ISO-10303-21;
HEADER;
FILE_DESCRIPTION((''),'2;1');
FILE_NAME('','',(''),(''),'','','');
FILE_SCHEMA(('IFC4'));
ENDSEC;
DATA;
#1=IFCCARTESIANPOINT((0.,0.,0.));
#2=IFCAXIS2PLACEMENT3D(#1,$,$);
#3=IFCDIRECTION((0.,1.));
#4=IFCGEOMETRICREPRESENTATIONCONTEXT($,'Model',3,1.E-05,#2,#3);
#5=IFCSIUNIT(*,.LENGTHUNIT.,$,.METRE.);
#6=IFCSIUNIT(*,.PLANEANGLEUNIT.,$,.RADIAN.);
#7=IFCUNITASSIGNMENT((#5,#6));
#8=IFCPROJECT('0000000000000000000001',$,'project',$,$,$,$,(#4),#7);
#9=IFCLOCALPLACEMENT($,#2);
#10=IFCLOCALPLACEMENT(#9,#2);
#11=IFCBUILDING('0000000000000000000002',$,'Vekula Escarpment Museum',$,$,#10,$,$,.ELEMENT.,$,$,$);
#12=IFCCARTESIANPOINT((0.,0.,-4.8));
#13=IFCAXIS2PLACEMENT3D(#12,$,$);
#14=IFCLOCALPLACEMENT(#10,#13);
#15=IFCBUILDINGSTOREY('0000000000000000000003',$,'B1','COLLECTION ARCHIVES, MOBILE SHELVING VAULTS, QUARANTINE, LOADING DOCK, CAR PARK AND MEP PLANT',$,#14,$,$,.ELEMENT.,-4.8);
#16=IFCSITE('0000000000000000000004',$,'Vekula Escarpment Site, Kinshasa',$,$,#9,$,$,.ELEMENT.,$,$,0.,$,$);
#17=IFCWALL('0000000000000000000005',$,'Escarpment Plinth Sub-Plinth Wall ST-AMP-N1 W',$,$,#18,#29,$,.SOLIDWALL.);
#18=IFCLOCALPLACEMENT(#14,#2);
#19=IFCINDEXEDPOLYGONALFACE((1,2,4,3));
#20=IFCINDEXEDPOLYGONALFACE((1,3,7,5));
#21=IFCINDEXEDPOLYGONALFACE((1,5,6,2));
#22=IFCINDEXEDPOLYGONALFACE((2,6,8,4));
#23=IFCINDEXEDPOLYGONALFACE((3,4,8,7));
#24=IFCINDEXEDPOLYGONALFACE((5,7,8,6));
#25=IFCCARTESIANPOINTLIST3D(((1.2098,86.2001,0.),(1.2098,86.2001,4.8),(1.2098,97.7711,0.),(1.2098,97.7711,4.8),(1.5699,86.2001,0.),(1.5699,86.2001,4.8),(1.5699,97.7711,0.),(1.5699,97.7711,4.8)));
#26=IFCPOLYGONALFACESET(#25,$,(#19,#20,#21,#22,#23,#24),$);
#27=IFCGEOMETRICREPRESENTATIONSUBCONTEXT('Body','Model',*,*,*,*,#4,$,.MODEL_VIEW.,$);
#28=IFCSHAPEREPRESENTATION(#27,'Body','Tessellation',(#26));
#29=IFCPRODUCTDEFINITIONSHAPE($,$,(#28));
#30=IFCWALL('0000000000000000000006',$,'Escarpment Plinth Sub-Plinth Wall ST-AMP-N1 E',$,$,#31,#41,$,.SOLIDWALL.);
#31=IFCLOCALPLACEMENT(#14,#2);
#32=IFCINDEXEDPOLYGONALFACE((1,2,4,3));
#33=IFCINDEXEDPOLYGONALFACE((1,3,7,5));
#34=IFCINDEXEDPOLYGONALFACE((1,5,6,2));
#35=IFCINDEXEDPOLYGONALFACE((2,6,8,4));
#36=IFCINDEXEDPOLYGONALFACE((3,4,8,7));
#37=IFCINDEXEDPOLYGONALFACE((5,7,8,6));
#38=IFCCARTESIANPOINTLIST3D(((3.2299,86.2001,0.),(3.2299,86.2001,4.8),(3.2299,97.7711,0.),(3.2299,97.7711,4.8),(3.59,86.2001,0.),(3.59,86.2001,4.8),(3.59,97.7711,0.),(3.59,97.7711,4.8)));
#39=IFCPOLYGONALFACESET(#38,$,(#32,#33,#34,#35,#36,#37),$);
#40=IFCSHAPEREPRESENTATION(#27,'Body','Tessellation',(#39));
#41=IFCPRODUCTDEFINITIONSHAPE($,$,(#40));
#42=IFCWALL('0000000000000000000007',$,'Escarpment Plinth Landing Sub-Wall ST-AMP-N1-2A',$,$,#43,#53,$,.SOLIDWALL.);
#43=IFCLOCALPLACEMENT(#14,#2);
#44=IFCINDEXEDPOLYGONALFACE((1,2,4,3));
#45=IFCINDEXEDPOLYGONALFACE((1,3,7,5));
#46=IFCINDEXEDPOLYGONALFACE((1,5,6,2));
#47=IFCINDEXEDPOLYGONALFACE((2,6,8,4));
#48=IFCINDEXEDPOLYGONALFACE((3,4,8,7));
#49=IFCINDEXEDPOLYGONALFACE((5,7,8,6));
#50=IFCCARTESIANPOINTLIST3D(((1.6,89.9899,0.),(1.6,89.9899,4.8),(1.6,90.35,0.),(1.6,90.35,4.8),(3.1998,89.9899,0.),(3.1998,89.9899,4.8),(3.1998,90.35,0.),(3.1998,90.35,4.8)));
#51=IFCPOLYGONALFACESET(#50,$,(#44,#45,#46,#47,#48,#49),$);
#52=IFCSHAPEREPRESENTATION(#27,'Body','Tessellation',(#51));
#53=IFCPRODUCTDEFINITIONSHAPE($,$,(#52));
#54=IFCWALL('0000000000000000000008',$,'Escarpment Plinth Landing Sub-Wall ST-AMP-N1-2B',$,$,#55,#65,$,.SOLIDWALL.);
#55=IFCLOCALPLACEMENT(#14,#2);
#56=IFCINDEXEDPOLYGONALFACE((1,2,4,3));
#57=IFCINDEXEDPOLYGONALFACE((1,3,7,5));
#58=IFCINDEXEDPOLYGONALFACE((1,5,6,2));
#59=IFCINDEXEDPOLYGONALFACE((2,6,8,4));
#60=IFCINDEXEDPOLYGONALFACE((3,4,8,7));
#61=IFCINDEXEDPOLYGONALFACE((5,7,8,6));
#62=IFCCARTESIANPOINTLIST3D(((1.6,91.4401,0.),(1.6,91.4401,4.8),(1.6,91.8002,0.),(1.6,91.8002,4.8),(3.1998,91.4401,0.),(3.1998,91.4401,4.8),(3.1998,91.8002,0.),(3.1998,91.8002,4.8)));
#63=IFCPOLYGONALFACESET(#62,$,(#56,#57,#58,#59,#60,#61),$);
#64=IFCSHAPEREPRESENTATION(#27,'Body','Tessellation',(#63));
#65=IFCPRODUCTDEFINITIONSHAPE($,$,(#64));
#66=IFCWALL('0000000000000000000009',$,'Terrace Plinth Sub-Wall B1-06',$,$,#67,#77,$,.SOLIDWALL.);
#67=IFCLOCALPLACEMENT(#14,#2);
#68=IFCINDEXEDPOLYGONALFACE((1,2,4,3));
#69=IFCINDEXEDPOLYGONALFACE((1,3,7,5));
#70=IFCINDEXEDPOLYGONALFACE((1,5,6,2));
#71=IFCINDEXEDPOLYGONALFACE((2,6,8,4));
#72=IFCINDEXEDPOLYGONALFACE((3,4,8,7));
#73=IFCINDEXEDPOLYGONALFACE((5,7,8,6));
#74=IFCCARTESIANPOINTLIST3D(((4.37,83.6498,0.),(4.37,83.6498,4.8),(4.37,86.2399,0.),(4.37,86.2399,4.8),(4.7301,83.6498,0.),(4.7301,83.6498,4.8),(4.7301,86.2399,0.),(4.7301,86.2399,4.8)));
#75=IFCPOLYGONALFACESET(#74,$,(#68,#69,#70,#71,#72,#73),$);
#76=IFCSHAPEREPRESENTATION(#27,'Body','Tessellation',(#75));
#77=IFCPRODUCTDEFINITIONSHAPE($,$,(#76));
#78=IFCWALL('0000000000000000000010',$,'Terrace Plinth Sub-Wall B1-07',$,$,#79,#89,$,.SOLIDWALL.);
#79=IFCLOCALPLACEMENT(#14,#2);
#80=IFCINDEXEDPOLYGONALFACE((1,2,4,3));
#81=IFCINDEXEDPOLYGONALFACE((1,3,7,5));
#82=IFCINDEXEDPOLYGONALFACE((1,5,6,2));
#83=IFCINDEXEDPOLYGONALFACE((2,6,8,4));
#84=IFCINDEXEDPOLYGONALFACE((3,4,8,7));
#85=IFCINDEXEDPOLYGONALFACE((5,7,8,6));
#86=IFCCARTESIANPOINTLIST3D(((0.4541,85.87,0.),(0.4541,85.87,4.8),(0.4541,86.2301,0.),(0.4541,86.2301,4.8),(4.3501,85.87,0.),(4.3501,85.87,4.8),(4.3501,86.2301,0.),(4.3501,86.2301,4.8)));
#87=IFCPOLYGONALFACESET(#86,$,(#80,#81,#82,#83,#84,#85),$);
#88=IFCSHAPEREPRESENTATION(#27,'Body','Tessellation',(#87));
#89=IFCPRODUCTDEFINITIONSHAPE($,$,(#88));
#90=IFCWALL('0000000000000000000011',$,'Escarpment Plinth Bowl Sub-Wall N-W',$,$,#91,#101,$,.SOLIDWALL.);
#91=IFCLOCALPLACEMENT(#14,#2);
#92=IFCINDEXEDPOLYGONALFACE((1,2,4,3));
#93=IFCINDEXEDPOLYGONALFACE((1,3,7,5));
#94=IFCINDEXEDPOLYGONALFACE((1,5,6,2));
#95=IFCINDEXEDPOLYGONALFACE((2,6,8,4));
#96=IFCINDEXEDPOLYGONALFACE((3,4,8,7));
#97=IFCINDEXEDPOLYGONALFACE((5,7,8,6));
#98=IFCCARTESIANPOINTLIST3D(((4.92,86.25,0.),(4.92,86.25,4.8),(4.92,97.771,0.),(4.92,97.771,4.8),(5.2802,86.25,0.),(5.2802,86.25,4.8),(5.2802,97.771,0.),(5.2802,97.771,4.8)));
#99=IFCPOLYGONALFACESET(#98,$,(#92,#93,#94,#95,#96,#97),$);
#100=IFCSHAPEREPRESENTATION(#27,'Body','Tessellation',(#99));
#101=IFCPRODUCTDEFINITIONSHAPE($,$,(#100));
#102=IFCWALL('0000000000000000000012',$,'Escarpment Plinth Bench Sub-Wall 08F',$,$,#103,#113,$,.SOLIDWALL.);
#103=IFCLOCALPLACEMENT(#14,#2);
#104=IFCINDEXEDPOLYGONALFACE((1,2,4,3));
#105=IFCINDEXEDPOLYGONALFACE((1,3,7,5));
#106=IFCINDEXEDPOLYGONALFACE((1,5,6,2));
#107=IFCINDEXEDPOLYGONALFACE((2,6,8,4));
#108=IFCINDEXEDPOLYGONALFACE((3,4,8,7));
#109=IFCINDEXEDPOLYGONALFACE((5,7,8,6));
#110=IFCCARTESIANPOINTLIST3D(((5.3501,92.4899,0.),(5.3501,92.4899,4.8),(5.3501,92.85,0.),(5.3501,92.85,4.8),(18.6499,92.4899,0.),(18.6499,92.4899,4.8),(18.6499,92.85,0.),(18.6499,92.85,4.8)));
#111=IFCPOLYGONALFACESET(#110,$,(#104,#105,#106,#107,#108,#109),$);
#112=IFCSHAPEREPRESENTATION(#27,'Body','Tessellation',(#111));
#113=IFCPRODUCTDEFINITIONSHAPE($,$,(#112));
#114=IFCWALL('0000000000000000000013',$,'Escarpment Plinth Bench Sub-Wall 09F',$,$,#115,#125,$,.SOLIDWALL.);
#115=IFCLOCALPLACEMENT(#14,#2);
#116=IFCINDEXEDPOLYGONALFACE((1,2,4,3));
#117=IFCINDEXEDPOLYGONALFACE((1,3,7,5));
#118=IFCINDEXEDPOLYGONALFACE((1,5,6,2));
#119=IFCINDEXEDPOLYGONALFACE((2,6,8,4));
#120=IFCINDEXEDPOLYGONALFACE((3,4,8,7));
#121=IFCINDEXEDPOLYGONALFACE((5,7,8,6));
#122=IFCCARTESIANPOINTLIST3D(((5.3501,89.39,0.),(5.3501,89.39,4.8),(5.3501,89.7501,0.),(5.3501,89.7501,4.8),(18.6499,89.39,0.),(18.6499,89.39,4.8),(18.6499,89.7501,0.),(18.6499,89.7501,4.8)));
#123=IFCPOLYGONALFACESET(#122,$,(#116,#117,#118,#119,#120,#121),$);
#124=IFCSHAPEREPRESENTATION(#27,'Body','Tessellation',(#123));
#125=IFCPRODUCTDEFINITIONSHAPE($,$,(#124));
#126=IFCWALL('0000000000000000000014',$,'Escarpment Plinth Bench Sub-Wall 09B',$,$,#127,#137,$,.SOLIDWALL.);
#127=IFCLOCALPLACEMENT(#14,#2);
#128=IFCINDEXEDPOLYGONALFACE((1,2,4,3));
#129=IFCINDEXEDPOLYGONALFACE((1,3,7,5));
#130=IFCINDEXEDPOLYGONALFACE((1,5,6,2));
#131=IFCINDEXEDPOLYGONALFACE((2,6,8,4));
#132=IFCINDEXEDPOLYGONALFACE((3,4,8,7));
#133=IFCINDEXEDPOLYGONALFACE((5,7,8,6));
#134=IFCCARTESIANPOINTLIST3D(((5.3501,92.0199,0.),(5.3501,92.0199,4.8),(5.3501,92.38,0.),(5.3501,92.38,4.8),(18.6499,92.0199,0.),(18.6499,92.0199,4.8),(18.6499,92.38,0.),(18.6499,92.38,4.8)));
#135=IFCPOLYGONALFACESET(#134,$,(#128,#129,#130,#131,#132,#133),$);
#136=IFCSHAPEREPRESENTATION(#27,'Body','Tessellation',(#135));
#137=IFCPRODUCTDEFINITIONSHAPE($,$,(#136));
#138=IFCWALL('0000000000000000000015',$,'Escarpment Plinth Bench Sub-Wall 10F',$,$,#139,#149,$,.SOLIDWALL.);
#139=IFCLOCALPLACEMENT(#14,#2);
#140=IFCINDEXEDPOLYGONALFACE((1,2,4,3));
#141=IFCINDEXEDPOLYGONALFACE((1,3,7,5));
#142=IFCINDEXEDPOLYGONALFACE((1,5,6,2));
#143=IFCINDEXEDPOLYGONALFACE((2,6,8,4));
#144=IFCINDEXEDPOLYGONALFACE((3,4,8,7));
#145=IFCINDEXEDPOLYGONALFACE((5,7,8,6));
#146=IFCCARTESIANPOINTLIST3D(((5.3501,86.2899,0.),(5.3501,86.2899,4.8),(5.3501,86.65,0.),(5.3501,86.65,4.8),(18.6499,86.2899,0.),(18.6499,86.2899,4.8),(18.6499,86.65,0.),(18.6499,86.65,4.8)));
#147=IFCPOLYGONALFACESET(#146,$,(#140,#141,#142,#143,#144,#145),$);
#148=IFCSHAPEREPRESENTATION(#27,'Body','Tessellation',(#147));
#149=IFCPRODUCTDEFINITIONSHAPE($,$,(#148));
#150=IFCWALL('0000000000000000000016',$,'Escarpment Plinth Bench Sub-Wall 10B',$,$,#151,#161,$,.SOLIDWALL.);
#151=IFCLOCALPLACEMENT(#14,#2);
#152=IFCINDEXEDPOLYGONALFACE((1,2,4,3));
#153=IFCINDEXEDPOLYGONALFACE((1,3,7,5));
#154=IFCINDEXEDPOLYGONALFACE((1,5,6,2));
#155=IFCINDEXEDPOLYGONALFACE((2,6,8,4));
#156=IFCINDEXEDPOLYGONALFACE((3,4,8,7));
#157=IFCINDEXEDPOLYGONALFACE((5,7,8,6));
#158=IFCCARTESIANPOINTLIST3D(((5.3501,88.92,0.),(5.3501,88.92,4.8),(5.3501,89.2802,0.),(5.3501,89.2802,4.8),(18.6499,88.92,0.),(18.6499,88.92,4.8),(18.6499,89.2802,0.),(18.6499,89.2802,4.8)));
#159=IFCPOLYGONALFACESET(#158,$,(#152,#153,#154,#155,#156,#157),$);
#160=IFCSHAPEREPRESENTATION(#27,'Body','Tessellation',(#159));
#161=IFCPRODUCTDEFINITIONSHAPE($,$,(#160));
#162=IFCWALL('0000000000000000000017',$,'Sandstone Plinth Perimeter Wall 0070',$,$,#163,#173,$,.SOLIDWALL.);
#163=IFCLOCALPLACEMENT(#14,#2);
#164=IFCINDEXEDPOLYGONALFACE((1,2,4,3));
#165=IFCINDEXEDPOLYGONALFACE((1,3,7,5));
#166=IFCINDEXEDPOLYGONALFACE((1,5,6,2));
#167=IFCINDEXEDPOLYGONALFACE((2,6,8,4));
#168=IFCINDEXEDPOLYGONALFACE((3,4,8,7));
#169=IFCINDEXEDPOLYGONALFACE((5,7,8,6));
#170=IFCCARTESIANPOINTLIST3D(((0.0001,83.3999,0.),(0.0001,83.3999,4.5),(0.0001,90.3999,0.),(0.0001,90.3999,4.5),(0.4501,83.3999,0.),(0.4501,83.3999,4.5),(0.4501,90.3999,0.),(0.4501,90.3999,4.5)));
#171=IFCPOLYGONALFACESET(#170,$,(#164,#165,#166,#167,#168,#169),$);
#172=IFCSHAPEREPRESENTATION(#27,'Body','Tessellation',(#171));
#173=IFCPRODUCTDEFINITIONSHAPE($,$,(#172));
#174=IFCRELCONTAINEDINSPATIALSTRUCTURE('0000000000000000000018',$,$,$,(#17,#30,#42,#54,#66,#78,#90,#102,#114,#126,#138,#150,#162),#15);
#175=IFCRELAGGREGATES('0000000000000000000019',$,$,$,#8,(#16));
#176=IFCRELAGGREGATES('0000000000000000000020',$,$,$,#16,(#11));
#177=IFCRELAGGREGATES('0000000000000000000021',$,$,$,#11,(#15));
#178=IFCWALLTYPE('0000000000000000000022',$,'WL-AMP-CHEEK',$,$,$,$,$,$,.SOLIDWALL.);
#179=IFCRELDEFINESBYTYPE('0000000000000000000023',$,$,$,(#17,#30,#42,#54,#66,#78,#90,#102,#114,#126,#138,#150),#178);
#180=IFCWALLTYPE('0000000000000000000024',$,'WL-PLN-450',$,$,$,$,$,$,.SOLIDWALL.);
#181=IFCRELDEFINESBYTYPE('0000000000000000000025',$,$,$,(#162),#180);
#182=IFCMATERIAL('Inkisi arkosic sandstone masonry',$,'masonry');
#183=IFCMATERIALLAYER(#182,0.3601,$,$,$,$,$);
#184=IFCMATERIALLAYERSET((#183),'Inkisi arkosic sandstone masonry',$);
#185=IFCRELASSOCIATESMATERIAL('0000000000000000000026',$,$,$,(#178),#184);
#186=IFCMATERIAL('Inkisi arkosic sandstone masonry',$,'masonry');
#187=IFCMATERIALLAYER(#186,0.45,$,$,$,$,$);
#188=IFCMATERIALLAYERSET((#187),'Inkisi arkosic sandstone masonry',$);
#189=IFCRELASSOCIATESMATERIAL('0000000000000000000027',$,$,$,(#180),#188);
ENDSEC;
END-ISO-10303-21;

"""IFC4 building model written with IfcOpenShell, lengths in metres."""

from ifc_helpers import new_model, si_unit, direction, frame, frame_2d, origin, place, context, subcontext, project, spatial, rectangle, extrude, material, layer, layer_set, type_object, element, save


model = new_model("IFC4")

# Units and contexts
model_context = context("Model", 3, precision=1e-05, world=origin(), true_north=direction((0.0, 1.0)))
body_context = subcontext(model_context, "Body", "Model", "MODEL_VIEW")
ifc_project = project(units=[si_unit("LENGTHUNIT", "METRE"), si_unit("PLANEANGLEUNIT", "RADIAN")], contexts=[model_context])

# Site, building, storey
site_placement = place(None, origin())
site = spatial("IfcSite", under=ifc_project, at=site_placement, Name="Vekula Escarpment Site, Kinshasa", CompositionType="ELEMENT", RefElevation=0.0)
building_placement = place(site_placement, origin())
building = spatial("IfcBuilding", under=site, at=building_placement, Name="Vekula Escarpment Museum", CompositionType="ELEMENT")
storey_placement = place(building_placement, frame((0.0, 0.0, -4.8)))
storey = spatial("IfcBuildingStorey", under=building, at=storey_placement, Name="B1", Description="COLLECTION ARCHIVES, MOBILE SHELVING VAULTS, QUARANTINE, LOADING DOCK, CAR PARK AND MEP PLANT", CompositionType="ELEMENT", Elevation=-4.8)

# Walls
ifc_material_1 = material(Name="Inkisi arkosic sandstone masonry", Category="masonry")
ifc_layer_1 = layer(ifc_material_1, 0.3601)
ifc_layer_set_1 = layer_set([ifc_layer_1], Name="Inkisi arkosic sandstone masonry")
wall_type_1 = type_object("IfcWallType", Name="WL-AMP-CHEEK", PredefinedType="SOLIDWALL", material=ifc_layer_set_1)
for number, where, z_axis, x_axis, name in (
    (1, (1.3899, 86.2, 0.0), (0.0, 0.0, 1.0), (0.0, 1.0, 0.0), "Escarpment Plinth Sub-Plinth Wall ST-AMP-N1 W"),
    (2, (3.4099, 86.2, 0.0), (0.0, 0.0, 1.0), (0.0, 1.0, 0.0), "Escarpment Plinth Sub-Plinth Wall ST-AMP-N1 E"),
):
    element("IfcWall", number, at=place(storey_placement, frame(where, z_axis=z_axis, x_axis=x_axis)), inside=storey, type_object=wall_type_1, Name=name, PredefinedType="SOLIDWALL", context=body_context, shape_type="SweptSolid", body=[
        extrude(rectangle(XDim=11.571, YDim=0.3601, at=frame_2d((5.7856, 0.0))), origin(), (0.0, 0.0, 1.0), 4.8),
    ])
for number, where, z_axis, x_axis, name in (
    (3, (1.6001, 90.1699, 0.0), (0.0, 0.0, 1.0), (1.0, 0.0, 0.0), "Escarpment Plinth Landing Sub-Wall ST-AMP-N1-2A"),
    (4, (1.6001, 91.6201, 0.0), (0.0, 0.0, 1.0), (1.0, 0.0, 0.0), "Escarpment Plinth Landing Sub-Wall ST-AMP-N1-2B"),
):
    element("IfcWall", number, at=place(storey_placement, frame(where, z_axis=z_axis, x_axis=x_axis)), inside=storey, type_object=wall_type_1, Name=name, PredefinedType="SOLIDWALL", context=body_context, shape_type="SweptSolid", body=[
        extrude(rectangle(XDim=1.5999, YDim=0.3601, at=frame_2d((0.7998, 0.0))), origin(), (0.0, 0.0, 1.0), 4.8),
    ])
wall_1_placement = place(storey_placement, frame((4.55, 83.6499, 0.0), z_axis=(0.0, 0.0, 1.0), x_axis=(0.0, 1.0, 0.0)))
element("IfcWall", 5, at=wall_1_placement, inside=storey, type_object=wall_type_1, Name="Terrace Plinth Sub-Wall B1-06", PredefinedType="SOLIDWALL", context=body_context, shape_type="SweptSolid", body=[
    extrude(rectangle(XDim=2.5901, YDim=0.3601, at=frame_2d((1.2949, 0.0))), origin(), (0.0, 0.0, 1.0), 4.8),
])
wall_2_placement = place(storey_placement, frame((0.4541, 86.05, 0.0), z_axis=(0.0, 0.0, 1.0), x_axis=(1.0, 0.0, 0.0)))
element("IfcWall", 6, at=wall_2_placement, inside=storey, type_object=wall_type_1, Name="Terrace Plinth Sub-Wall B1-07", PredefinedType="SOLIDWALL", context=body_context, shape_type="SweptSolid", body=[
    extrude(rectangle(XDim=3.896, YDim=0.3601, at=frame_2d((1.948, 0.0))), origin(), (0.0, 0.0, 1.0), 4.8),
])
wall_3_placement = place(storey_placement, frame((5.1001, 86.25, 0.0), z_axis=(0.0, 0.0, 1.0), x_axis=(0.0, 1.0, 0.0)))
element("IfcWall", 7, at=wall_3_placement, inside=storey, type_object=wall_type_1, Name="Escarpment Plinth Bowl Sub-Wall N-W", PredefinedType="SOLIDWALL", context=body_context, shape_type="SweptSolid", body=[
    extrude(rectangle(XDim=11.521, YDim=0.3601, at=frame_2d((5.7605, 0.0))), origin(), (0.0, 0.0, 1.0), 4.8),
])
for number, where, z_axis, x_axis, name in (
    (8, (5.3501, 92.6699, 0.0), (0.0, 0.0, 1.0), (1.0, 0.0, 0.0), "Escarpment Plinth Bench Sub-Wall 08F"),
    (9, (5.3501, 89.5701, 0.0), (0.0, 0.0, 1.0), (1.0, 0.0, 0.0), "Escarpment Plinth Bench Sub-Wall 09F"),
    (10, (5.3501, 92.2, 0.0), (0.0, 0.0, 1.0), (1.0, 0.0, 0.0), "Escarpment Plinth Bench Sub-Wall 09B"),
    (11, (5.3501, 86.47, 0.0), (0.0, 0.0, 1.0), (1.0, 0.0, 0.0), "Escarpment Plinth Bench Sub-Wall 10F"),
    (12, (5.3501, 89.1001, 0.0), (0.0, 0.0, 1.0), (1.0, 0.0, 0.0), "Escarpment Plinth Bench Sub-Wall 10B"),
):
    element("IfcWall", number, at=place(storey_placement, frame(where, z_axis=z_axis, x_axis=x_axis)), inside=storey, type_object=wall_type_1, Name=name, PredefinedType="SOLIDWALL", context=body_context, shape_type="SweptSolid", body=[
        extrude(rectangle(XDim=13.2998, YDim=0.3601, at=frame_2d((6.6499, 0.0))), origin(), (0.0, 0.0, 1.0), 4.8),
    ])
ifc_material_2 = material(Name="Inkisi arkosic sandstone masonry", Category="masonry")
ifc_layer_2 = layer(ifc_material_2, 0.45)
ifc_layer_set_2 = layer_set([ifc_layer_2], Name="Inkisi arkosic sandstone masonry")
wall_type_2 = type_object("IfcWallType", Name="WL-PLN-450", PredefinedType="SOLIDWALL", material=ifc_layer_set_2)
wall_4_placement = place(storey_placement, frame((0.2251, 90.3999, 0.0), z_axis=(0.0, 0.0, 1.0), x_axis=(0.0, -1.0, 0.0)))
element("IfcWall", 13, at=wall_4_placement, inside=storey, type_object=wall_type_2, Name="Sandstone Plinth Perimeter Wall 0070", PredefinedType="SOLIDWALL", context=body_context, shape_type="SweptSolid", body=[
    extrude(rectangle(XDim=7.0, YDim=0.45, at=frame_2d((3.5, 0.0))), origin(), (0.0, 0.0, 1.0), 4.5),
])

save(model, "model.ifc")
